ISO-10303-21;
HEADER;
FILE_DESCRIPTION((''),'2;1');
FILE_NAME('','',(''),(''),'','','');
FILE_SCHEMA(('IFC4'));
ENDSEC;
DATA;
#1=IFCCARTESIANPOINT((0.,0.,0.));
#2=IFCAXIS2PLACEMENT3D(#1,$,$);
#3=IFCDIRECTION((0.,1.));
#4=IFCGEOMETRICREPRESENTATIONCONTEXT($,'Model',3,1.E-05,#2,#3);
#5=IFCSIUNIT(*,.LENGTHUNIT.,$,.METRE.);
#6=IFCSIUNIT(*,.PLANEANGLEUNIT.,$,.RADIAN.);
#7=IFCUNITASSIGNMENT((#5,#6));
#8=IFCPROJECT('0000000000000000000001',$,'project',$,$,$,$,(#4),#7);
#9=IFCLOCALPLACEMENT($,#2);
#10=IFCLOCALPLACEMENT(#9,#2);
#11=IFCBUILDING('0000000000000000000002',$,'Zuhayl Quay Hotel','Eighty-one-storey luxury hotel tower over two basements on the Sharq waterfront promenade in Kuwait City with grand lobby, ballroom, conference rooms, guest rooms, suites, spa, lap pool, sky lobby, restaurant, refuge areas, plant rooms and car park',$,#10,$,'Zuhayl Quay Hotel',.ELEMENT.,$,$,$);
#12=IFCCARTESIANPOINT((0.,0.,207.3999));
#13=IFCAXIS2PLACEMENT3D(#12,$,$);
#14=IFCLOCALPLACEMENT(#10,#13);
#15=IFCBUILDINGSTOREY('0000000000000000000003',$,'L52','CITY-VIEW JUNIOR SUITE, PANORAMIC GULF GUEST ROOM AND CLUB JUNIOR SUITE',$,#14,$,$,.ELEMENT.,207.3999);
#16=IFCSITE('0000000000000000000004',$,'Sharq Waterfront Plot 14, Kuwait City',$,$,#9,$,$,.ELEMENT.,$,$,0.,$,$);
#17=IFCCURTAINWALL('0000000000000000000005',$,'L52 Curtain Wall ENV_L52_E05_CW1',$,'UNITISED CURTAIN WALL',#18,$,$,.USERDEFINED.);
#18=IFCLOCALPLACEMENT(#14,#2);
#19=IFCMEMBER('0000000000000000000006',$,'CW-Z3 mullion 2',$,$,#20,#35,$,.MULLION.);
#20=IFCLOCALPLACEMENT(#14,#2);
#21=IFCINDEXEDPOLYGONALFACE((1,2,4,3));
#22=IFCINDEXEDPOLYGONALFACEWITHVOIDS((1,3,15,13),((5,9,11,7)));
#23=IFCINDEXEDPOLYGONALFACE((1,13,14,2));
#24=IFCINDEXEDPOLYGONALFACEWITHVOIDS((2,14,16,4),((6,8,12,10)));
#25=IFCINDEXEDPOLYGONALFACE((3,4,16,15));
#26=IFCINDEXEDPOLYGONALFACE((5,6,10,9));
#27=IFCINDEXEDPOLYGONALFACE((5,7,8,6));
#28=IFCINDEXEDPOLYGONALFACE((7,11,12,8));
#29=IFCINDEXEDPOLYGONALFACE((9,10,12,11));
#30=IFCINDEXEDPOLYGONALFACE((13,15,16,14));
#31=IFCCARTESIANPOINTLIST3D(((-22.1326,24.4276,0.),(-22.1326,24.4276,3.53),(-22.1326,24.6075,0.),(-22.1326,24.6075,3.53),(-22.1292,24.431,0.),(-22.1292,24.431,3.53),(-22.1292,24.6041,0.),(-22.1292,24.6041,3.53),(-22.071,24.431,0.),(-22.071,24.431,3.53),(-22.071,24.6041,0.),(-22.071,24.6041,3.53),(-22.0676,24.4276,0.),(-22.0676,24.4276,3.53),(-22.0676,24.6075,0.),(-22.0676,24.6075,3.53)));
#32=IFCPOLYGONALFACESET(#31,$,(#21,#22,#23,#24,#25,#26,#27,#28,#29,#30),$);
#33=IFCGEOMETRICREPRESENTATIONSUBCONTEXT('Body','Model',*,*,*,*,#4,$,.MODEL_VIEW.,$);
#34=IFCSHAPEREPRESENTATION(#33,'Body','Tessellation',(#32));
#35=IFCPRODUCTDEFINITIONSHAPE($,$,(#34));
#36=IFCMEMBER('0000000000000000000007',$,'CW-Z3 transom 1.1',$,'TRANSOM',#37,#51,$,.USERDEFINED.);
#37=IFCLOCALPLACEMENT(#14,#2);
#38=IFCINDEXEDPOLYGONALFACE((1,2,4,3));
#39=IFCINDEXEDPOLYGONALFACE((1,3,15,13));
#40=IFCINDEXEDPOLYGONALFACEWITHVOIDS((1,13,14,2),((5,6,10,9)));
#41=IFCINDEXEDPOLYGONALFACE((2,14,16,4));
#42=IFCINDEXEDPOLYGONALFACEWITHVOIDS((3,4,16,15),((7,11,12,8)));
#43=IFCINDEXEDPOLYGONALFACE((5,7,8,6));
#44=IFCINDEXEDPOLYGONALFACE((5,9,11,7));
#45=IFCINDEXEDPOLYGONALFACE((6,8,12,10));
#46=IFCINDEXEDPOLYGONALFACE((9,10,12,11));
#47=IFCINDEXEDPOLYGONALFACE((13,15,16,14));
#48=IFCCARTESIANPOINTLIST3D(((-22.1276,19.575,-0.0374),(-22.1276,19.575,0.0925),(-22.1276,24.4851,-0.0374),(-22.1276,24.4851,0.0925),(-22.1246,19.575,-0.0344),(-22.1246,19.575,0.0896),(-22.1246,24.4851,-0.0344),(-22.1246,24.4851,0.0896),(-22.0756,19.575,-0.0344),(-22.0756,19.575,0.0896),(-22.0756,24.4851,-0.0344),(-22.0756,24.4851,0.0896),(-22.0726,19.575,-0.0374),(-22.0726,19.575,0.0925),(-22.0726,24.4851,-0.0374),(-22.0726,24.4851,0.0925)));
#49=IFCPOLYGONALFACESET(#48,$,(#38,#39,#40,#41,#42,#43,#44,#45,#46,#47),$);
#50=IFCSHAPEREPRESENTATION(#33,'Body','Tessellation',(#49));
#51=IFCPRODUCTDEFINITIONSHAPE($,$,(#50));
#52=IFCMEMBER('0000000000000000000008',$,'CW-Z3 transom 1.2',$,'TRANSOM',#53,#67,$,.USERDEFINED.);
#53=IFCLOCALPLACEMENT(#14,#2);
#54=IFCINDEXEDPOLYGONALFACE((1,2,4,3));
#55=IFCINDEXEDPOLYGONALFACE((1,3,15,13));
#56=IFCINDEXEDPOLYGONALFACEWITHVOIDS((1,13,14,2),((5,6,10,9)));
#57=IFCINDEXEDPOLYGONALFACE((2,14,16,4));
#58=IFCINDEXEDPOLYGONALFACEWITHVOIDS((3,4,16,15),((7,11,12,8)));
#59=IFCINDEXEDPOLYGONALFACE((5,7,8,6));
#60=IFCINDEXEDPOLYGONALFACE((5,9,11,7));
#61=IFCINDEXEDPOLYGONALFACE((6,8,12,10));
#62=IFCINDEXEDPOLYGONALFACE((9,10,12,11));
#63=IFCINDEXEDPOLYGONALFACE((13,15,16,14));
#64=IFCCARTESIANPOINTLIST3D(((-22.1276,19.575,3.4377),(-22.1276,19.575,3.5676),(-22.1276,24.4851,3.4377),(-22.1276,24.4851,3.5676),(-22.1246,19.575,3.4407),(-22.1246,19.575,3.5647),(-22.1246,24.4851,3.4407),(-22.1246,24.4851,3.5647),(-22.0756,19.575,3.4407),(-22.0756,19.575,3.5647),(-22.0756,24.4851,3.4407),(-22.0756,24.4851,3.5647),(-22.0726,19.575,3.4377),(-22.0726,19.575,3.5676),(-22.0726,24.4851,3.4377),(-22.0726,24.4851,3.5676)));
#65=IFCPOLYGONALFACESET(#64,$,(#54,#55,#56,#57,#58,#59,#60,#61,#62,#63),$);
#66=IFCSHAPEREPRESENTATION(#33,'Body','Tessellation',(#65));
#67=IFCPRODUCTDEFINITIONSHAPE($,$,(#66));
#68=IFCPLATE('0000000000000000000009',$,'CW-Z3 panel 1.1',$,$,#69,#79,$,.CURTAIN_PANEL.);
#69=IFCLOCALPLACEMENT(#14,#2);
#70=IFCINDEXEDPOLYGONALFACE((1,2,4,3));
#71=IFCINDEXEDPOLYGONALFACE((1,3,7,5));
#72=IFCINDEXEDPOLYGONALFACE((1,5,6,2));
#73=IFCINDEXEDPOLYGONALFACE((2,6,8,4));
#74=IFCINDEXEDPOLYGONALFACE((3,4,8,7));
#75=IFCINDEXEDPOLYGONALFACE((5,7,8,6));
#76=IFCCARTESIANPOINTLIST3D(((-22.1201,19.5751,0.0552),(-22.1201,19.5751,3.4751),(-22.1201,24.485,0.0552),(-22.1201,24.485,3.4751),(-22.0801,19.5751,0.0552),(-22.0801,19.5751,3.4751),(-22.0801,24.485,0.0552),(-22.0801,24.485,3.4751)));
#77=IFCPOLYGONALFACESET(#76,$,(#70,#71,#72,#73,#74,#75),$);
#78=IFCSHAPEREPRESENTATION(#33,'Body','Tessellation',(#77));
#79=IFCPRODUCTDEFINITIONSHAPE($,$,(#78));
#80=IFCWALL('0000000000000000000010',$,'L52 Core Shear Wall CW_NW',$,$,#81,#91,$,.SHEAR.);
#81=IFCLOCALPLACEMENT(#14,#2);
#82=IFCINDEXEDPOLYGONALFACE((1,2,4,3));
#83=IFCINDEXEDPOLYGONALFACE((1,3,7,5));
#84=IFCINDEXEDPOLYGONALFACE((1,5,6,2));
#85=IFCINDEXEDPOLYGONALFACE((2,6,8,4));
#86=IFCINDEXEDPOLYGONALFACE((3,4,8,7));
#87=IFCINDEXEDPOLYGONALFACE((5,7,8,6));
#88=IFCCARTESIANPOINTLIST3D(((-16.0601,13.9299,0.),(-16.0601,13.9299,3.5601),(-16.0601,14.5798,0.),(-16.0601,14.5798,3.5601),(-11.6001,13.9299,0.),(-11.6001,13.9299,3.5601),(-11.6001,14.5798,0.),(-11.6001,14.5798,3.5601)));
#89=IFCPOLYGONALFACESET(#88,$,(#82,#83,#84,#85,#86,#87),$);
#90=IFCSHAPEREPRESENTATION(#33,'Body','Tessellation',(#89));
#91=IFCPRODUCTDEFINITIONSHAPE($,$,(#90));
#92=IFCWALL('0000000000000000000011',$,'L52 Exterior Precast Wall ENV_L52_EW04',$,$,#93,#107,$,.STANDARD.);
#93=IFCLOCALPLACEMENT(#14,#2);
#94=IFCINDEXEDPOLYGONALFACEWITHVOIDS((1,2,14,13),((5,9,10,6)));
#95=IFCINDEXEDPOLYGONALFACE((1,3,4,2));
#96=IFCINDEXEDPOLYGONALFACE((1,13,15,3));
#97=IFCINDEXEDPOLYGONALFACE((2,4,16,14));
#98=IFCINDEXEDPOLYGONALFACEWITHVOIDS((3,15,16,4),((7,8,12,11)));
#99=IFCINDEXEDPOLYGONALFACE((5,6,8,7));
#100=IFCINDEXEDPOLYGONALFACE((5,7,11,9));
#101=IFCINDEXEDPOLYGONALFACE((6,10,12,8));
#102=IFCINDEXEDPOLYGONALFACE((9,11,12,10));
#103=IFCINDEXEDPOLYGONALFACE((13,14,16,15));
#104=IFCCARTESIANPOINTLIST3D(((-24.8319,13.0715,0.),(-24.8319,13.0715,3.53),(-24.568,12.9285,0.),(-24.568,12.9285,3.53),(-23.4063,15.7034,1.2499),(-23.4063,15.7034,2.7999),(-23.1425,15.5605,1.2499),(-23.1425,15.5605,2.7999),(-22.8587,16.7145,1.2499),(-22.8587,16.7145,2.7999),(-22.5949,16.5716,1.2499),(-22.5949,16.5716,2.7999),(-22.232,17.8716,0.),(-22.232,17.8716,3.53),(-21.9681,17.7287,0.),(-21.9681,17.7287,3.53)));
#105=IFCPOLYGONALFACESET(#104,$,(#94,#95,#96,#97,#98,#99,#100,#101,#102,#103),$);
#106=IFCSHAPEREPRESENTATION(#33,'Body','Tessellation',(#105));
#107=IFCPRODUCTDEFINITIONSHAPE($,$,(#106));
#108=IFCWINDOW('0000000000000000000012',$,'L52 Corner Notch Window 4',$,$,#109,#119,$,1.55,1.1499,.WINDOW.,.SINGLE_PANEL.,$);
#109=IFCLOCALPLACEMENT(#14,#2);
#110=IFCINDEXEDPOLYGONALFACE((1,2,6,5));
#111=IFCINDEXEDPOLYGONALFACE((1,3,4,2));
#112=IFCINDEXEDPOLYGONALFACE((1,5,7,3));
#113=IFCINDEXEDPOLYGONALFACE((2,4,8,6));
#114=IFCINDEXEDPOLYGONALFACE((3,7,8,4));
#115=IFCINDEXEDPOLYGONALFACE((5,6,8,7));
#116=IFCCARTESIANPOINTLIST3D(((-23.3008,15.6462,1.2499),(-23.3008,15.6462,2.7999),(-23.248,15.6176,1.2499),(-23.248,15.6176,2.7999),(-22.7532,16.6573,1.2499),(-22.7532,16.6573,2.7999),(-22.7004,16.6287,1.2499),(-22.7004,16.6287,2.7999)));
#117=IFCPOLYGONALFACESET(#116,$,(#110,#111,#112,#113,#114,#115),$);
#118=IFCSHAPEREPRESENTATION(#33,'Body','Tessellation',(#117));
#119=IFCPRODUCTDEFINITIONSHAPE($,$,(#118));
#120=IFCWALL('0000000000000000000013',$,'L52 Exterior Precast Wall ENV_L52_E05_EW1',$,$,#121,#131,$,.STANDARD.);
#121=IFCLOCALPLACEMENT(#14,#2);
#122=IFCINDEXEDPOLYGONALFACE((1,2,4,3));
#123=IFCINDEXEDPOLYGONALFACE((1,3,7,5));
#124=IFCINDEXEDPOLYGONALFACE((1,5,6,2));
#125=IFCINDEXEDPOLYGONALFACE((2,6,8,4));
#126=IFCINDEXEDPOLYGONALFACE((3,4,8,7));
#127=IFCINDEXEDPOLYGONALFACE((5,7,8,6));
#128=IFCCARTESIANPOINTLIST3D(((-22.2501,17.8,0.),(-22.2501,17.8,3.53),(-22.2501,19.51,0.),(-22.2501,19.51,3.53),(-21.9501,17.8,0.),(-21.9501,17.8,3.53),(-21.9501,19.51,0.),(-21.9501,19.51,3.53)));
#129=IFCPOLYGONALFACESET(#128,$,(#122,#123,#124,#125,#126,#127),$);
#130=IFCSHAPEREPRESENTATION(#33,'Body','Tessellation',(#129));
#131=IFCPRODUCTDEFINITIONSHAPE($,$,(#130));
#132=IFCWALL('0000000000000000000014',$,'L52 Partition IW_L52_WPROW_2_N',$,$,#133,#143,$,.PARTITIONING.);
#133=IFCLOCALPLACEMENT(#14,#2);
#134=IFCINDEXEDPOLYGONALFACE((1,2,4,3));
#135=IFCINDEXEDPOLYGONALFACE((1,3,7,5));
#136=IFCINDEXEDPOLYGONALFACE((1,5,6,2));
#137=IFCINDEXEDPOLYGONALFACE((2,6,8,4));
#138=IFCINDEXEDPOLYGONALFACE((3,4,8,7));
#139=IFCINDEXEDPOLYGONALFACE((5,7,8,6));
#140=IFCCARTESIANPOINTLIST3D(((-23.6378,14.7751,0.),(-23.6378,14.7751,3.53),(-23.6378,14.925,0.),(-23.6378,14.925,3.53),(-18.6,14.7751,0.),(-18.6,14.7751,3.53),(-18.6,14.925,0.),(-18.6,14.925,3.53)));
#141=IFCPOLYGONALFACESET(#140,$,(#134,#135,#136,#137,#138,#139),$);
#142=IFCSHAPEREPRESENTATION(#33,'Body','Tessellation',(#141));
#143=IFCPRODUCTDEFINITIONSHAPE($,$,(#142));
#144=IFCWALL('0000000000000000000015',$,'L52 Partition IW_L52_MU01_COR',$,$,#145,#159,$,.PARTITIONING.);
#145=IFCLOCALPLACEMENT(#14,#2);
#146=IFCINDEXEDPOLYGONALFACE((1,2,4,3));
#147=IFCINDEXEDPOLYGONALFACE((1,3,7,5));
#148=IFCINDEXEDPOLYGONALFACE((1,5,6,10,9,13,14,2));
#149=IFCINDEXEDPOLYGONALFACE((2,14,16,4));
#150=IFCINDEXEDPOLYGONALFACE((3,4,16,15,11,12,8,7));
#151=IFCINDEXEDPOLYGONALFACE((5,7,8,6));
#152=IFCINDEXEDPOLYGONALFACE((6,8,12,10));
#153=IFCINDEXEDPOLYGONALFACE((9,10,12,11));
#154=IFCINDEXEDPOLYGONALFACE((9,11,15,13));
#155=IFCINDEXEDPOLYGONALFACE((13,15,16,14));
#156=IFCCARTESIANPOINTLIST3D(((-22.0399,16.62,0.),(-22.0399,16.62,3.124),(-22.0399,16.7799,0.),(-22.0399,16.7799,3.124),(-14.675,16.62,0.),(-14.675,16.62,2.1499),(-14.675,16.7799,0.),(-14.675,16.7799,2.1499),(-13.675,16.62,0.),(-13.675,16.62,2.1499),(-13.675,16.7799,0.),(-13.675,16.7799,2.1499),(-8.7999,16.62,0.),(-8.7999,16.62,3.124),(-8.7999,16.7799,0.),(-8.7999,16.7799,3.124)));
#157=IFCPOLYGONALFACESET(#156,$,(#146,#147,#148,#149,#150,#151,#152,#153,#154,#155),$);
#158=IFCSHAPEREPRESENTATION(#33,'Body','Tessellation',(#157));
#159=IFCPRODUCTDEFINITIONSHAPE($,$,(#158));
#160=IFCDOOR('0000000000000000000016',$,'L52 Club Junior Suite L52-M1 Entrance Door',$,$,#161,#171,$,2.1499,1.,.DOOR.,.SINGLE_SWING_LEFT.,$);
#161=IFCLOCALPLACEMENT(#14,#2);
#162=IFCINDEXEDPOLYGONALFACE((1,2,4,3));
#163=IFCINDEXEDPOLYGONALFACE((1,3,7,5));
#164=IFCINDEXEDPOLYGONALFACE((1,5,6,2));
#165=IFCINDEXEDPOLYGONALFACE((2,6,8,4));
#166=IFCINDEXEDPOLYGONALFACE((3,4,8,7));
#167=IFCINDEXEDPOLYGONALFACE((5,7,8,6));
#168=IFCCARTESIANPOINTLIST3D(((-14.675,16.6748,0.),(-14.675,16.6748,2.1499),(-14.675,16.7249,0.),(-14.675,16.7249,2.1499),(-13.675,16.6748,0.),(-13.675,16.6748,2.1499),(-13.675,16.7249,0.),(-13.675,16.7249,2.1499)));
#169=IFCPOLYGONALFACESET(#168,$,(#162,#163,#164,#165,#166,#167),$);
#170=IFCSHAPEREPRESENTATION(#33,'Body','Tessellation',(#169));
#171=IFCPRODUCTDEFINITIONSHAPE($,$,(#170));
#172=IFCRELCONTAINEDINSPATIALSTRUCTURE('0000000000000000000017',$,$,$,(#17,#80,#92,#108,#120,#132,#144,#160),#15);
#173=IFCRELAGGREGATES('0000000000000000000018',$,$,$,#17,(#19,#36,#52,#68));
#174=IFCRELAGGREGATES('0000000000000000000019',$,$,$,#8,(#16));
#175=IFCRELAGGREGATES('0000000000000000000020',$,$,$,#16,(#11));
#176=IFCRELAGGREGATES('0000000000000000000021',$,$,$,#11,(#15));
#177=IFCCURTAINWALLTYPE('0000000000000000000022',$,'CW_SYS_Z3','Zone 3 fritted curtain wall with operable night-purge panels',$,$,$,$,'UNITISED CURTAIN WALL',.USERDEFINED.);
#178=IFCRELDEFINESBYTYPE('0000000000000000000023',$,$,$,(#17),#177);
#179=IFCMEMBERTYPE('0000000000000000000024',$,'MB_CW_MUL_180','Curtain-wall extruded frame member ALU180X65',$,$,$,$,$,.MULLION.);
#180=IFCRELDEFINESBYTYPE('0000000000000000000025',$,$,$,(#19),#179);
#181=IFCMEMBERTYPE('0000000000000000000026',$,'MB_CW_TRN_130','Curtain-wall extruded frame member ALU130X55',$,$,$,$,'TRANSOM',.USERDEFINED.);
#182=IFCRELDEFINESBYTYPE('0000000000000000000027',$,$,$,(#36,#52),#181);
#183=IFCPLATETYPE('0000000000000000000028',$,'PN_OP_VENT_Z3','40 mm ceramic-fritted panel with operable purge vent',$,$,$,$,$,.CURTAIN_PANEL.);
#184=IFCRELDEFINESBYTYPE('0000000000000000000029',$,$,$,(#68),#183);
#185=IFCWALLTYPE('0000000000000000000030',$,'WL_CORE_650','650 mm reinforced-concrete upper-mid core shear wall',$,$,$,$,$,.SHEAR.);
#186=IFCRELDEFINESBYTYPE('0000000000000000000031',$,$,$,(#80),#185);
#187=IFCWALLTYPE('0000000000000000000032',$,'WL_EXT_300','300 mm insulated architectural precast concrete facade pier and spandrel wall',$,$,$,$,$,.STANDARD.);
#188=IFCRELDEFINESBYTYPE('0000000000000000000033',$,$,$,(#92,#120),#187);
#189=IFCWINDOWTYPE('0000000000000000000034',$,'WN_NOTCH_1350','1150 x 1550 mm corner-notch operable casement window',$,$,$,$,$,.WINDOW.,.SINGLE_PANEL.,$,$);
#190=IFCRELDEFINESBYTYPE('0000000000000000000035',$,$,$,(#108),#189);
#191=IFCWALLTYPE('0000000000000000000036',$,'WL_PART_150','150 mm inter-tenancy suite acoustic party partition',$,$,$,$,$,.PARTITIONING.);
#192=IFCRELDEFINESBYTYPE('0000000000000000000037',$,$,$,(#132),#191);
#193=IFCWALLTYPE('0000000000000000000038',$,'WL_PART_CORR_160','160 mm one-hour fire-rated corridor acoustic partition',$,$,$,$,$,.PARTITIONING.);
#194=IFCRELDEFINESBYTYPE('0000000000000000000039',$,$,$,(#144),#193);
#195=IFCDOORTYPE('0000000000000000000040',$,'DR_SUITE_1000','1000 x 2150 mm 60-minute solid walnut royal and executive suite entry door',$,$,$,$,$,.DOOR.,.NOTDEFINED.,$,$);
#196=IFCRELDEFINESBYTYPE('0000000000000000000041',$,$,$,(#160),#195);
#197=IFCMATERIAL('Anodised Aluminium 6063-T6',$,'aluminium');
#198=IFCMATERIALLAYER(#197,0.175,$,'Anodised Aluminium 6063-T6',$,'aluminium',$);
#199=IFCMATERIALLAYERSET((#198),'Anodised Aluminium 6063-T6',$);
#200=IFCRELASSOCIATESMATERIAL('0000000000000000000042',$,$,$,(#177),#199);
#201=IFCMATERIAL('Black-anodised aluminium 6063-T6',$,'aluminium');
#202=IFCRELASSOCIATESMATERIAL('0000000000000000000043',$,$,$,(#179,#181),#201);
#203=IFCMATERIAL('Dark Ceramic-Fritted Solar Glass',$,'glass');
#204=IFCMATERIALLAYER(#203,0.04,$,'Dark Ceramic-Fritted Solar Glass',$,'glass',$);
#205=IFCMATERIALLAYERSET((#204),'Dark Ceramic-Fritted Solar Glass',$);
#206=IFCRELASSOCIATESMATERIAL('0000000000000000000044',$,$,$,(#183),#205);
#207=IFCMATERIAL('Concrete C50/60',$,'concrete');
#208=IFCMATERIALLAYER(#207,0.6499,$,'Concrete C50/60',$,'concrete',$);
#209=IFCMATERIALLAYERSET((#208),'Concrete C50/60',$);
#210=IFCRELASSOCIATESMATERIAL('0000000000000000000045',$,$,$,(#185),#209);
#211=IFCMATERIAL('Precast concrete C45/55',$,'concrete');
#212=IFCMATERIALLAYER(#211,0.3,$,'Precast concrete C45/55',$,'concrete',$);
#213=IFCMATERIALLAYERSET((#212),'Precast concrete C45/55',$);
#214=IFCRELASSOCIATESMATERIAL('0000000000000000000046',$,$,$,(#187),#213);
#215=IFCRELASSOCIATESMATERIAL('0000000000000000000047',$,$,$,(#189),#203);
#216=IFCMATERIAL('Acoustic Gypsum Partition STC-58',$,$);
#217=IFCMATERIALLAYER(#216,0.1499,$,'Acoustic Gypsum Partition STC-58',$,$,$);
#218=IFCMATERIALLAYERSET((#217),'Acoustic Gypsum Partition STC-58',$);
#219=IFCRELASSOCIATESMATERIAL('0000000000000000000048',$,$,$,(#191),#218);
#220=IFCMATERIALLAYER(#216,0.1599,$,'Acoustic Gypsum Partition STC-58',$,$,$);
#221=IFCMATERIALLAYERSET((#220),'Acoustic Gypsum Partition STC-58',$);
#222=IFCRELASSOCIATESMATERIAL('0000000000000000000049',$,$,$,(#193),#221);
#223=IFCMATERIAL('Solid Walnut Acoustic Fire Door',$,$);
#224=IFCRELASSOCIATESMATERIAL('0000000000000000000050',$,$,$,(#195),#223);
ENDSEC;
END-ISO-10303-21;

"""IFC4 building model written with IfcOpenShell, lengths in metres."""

from ifc_helpers import new_model, si_unit, direction, frame, frame_2d, origin, origin_2d, place, context, subcontext, project, spatial, rectangle, hollow_rectangle, extrude, material, layer, layer_set, material_profile, profile_set, type_object, element, fill, aggregate, save


model = new_model("IFC4")

# Units and contexts
model_context = context("Model", 3, precision=1e-05, world=origin(), true_north=direction((0.0, 1.0)))
body_context = subcontext(model_context, "Body", "Model", "MODEL_VIEW")
ifc_project = project(units=[si_unit("LENGTHUNIT", "METRE"), si_unit("PLANEANGLEUNIT", "RADIAN")], contexts=[model_context])

# Site, building, storey
site_placement = place(None, origin())
site = spatial("IfcSite", under=ifc_project, at=site_placement, Name="Sharq Waterfront Plot 14, Kuwait City", CompositionType="ELEMENT", RefElevation=0.0)
building_placement = place(site_placement, origin())
building = spatial("IfcBuilding", under=site, at=building_placement, Name="Zuhayl Quay Hotel", Description="Eighty-one-storey luxury hotel tower over two basements on the Sharq waterfront promenade in Kuwait City with grand lobby, ballroom, conference rooms, guest rooms, suites, spa, lap pool, sky lobby, restaurant, refuge areas, plant rooms and car park", LongName="Zuhayl Quay Hotel", CompositionType="ELEMENT")
storey_placement = place(building_placement, frame((0.0, 0.0, 207.3999)))
storey = spatial("IfcBuildingStorey", under=building, at=storey_placement, Name="L52", Description="CITY-VIEW JUNIOR SUITE, PANORAMIC GULF GUEST ROOM AND CLUB JUNIOR SUITE", CompositionType="ELEMENT", Elevation=207.3999)

# Curtain wall, members, plate
ifc_material_1 = material(Name="Anodised Aluminium 6063-T6", Category="aluminium")
ifc_layer_1 = layer(ifc_material_1, 0.175, Name="Anodised Aluminium 6063-T6", Category="aluminium")
ifc_layer_set_1 = layer_set([ifc_layer_1], Name="Anodised Aluminium 6063-T6")
curtain_wall_type = type_object("IfcCurtainWallType", Name="CW_SYS_Z3", Description="Zone 3 fritted curtain wall with operable night-purge panels", ElementType="UNITISED CURTAIN WALL", PredefinedType="USERDEFINED", material=ifc_layer_set_1)
curtain_wall_placement = place(storey_placement, origin())
curtain_wall = element("IfcCurtainWall", 1, at=curtain_wall_placement, inside=storey, type_object=curtain_wall_type, Name="L52 Curtain Wall ENV_L52_E05_CW1", ObjectType="UNITISED CURTAIN WALL", PredefinedType="USERDEFINED")
ifc_material_2 = material(Name="Black-anodised aluminium 6063-T6", Category="aluminium")
ifc_material_profile_1 = material_profile(ifc_material_2, hollow_rectangle(XDim=0.0649, YDim=0.1799, WallThickness=0.0034, at=origin_2d()), Name="ALU180X65")
ifc_profile_set_1 = profile_set([ifc_material_profile_1], Name="Black-anodised aluminium 6063-T6")
member_type_1 = type_object("IfcMemberType", Name="MB_CW_MUL_180", Description="Curtain-wall extruded frame member ALU180X65", PredefinedType="MULLION", material=ifc_profile_set_1)
member_1_placement = place(storey_placement, frame((-22.1001, 24.5176, 0.0), z_axis=(0.0, 0.0, 1.0), x_axis=(-1.0, 0.0, 0.0)))
member_1 = element("IfcMember", 2, at=member_1_placement, type_object=member_type_1, Name="CW-Z3 mullion 2", PredefinedType="MULLION", context=body_context, shape_type="SweptSolid", body=[
    extrude(hollow_rectangle(XDim=0.0649, YDim=0.1799, WallThickness=0.0034, at=origin_2d()), origin(), (0.0, 0.0, 1.0), 3.53),
])
ifc_material_profile_2 = material_profile(ifc_material_2, hollow_rectangle(XDim=0.0549, YDim=0.1299, WallThickness=0.0029, at=origin_2d()), Name="ALU130X55")
ifc_profile_set_2 = profile_set([ifc_material_profile_2], Name="Black-anodised aluminium 6063-T6")
member_type_2 = type_object("IfcMemberType", Name="MB_CW_TRN_130", Description="Curtain-wall extruded frame member ALU130X55", ElementType="TRANSOM", PredefinedType="USERDEFINED", material=ifc_profile_set_2)
member_2_placement = place(storey_placement, frame((-22.1001, 19.575, 0.0276), z_axis=(0.0, 1.0, 0.0), x_axis=(-1.0, 0.0, 0.0)))
member_2 = element("IfcMember", 3, at=member_2_placement, type_object=member_type_2, Name="CW-Z3 transom 1.1", ObjectType="TRANSOM", PredefinedType="USERDEFINED", context=body_context, shape_type="SweptSolid", body=[
    extrude(hollow_rectangle(XDim=0.0549, YDim=0.1299, WallThickness=0.0029, at=origin_2d()), origin(), (0.0, 0.0, 1.0), 4.9102),
])
member_3_placement = place(storey_placement, frame((-22.1001, 19.575, 3.5027), z_axis=(0.0, 1.0, 0.0), x_axis=(-1.0, 0.0, 0.0)))
member_3 = element("IfcMember", 4, at=member_3_placement, type_object=member_type_2, Name="CW-Z3 transom 1.2", ObjectType="TRANSOM", PredefinedType="USERDEFINED", context=body_context, shape_type="SweptSolid", body=[
    extrude(hollow_rectangle(XDim=0.0549, YDim=0.1299, WallThickness=0.0029, at=origin_2d()), origin(), (0.0, 0.0, 1.0), 4.9102),
])
ifc_material_3 = material(Name="Dark Ceramic-Fritted Solar Glass", Category="glass")
ifc_layer_2 = layer(ifc_material_3, 0.04, Name="Dark Ceramic-Fritted Solar Glass", Category="glass")
ifc_layer_set_2 = layer_set([ifc_layer_2], Name="Dark Ceramic-Fritted Solar Glass")
plate_type = type_object("IfcPlateType", Name="PN_OP_VENT_Z3", Description="40 mm ceramic-fritted panel with operable purge vent", PredefinedType="CURTAIN_PANEL", material=ifc_layer_set_2)
plate_placement = place(storey_placement, frame((-22.1001, 22.03, 0.0552), z_axis=(0.0, 0.0, 1.0), x_axis=(0.0, 1.0, 0.0)))
plate = element("IfcPlate", 5, at=plate_placement, type_object=plate_type, Name="CW-Z3 panel 1.1", PredefinedType="CURTAIN_PANEL", context=body_context, shape_type="SweptSolid", body=[
    extrude(rectangle(XDim=4.9099, YDim=0.04, at=origin_2d()), origin(), (0.0, 0.0, 1.0), 3.4199),
])
aggregate(curtain_wall, [member_1, member_2, member_3, plate])

# Wall
ifc_material_4 = material(Name="Concrete C50/60", Category="concrete")
ifc_layer_3 = layer(ifc_material_4, 0.6499, Name="Concrete C50/60", Category="concrete")
ifc_layer_set_3 = layer_set([ifc_layer_3], Name="Concrete C50/60")
wall_type_1 = type_object("IfcWallType", Name="WL_CORE_650", Description="650 mm reinforced-concrete upper-mid core shear wall", PredefinedType="SHEAR", material=ifc_layer_set_3)
wall_1_placement = place(storey_placement, frame((-16.0601, 14.2549, 0.0), z_axis=(0.0, 0.0, 1.0), x_axis=(1.0, 0.0, 0.0)))
element("IfcWall", 6, at=wall_1_placement, inside=storey, type_object=wall_type_1, Name="L52 Core Shear Wall CW_NW", PredefinedType="SHEAR", context=body_context, shape_type="SweptSolid", body=[
    extrude(rectangle(XDim=4.46, YDim=0.6499, at=frame_2d((2.23, 0.0))), origin(), (0.0, 0.0, 1.0), 3.5601),
])

# Wall, opening, window
ifc_material_5 = material(Name="Precast concrete C45/55", Category="concrete")
ifc_layer_4 = layer(ifc_material_5, 0.3, Name="Precast concrete C45/55", Category="concrete")
ifc_layer_set_4 = layer_set([ifc_layer_4], Name="Precast concrete C45/55")
wall_type_2 = type_object("IfcWallType", Name="WL_EXT_300", Description="300 mm insulated architectural precast concrete facade pier and spandrel wall", PredefinedType="STANDARD", material=ifc_layer_set_4)
wall_2_placement = place(storey_placement, frame((-24.7, 13.0, 0.0), z_axis=(0.0, 0.0, 1.0), x_axis=(0.476259, 0.879305, 0.0)))
wall_2 = element("IfcWall", 7, at=wall_2_placement, inside=storey, type_object=wall_type_2, Name="L52 Exterior Precast Wall ENV_L52_EW04", PredefinedType="STANDARD", context=body_context, shape_type="SweptSolid", body=[
    extrude(rectangle(XDim=5.459, YDim=0.3, at=frame_2d((2.7295, 0.0))), origin(), (0.0, 0.0, 1.0), 3.53),
])
opening_1_placement = place(wall_2_placement, frame((2.9932, 0.0, 1.25)))
opening_1 = element("IfcOpeningElement", 8, at=opening_1_placement, cuts=wall_2, PredefinedType="OPENING", context=body_context, shape_type="SweptSolid", body=[
    extrude(rectangle(XDim=1.1499, YDim=1.55, at=frame_2d((0.575, 0.7749))), frame((0.0, 0.1599, 0.0), z_axis=(0.0, -1.0, 0.0), x_axis=(1.0, 0.0, 0.0)), (0.0, 0.0, 1.0), 0.3201),
])
window_type = type_object("IfcWindowType", Name="WN_NOTCH_1350", Description="1150 x 1550 mm corner-notch operable casement window", PartitioningType="SINGLE_PANEL", PredefinedType="WINDOW", material=ifc_material_3)
window_placement = place(opening_1_placement, origin())
window = element("IfcWindow", 9, at=window_placement, inside=storey, type_object=window_type, Name="L52 Corner Notch Window 4", OverallHeight=1.55, OverallWidth=1.1499, PartitioningType="SINGLE_PANEL", PredefinedType="WINDOW", context=body_context, shape_type="SweptSolid", body=[
    extrude(rectangle(XDim=1.1499, YDim=1.55, at=frame_2d((0.575, 0.7749))), frame((0.0, 0.03, 0.0), z_axis=(0.0, -1.0, 0.0), x_axis=(1.0, 0.0, 0.0)), (0.0, 0.0, 1.0), 0.0601),
])
fill(opening_1, window)

# Walls
wall_3_placement = place(storey_placement, frame((-22.1001, 17.8, 0.0), z_axis=(0.0, 0.0, 1.0), x_axis=(0.0, 1.0, 0.0)))
element("IfcWall", 10, at=wall_3_placement, inside=storey, type_object=wall_type_2, Name="L52 Exterior Precast Wall ENV_L52_E05_EW1", PredefinedType="STANDARD", context=body_context, shape_type="SweptSolid", body=[
    extrude(rectangle(XDim=1.71, YDim=0.3, at=frame_2d((0.855, 0.0))), origin(), (0.0, 0.0, 1.0), 3.53),
])
ifc_material_6 = material(Name="Acoustic Gypsum Partition STC-58")
ifc_layer_5 = layer(ifc_material_6, 0.1499, Name="Acoustic Gypsum Partition STC-58")
ifc_layer_set_5 = layer_set([ifc_layer_5], Name="Acoustic Gypsum Partition STC-58")
wall_type_3 = type_object("IfcWallType", Name="WL_PART_150", Description="150 mm inter-tenancy suite acoustic party partition", PredefinedType="PARTITIONING", material=ifc_layer_set_5)
wall_4_placement = place(storey_placement, frame((-23.6379, 14.8501, 0.0), z_axis=(0.0, 0.0, 1.0), x_axis=(1.0, 0.0, 0.0)))
element("IfcWall", 11, at=wall_4_placement, inside=storey, type_object=wall_type_3, Name="L52 Partition IW_L52_WPROW_2_N", PredefinedType="PARTITIONING", context=body_context, shape_type="SweptSolid", body=[
    extrude(rectangle(XDim=5.0378, YDim=0.1499, at=frame_2d((2.519, 0.0))), origin(), (0.0, 0.0, 1.0), 3.53),
])

# Wall, opening, door
ifc_layer_6 = layer(ifc_material_6, 0.1599, Name="Acoustic Gypsum Partition STC-58")
ifc_layer_set_6 = layer_set([ifc_layer_6], Name="Acoustic Gypsum Partition STC-58")
wall_type_4 = type_object("IfcWallType", Name="WL_PART_CORR_160", Description="160 mm one-hour fire-rated corridor acoustic partition", PredefinedType="PARTITIONING", material=ifc_layer_set_6)
wall_5_placement = place(storey_placement, frame((-22.04, 16.7, 0.0), z_axis=(0.0, 0.0, 1.0), x_axis=(1.0, 0.0, 0.0)))
wall_5 = element("IfcWall", 12, at=wall_5_placement, inside=storey, type_object=wall_type_4, Name="L52 Partition IW_L52_MU01_COR", PredefinedType="PARTITIONING", context=body_context, shape_type="SweptSolid", body=[
    extrude(rectangle(XDim=13.24, YDim=0.1599, at=frame_2d((6.6201, 0.0))), origin(), (0.0, 0.0, 1.0), 3.124),
])
opening_2_placement = place(wall_5_placement, frame((7.365, 0.0, 0.0)))
opening_2 = element("IfcOpeningElement", 13, at=opening_2_placement, cuts=wall_5, PredefinedType="OPENING", context=body_context, shape_type="SweptSolid", body=[
    extrude(rectangle(XDim=1.0, YDim=2.1499, at=frame_2d((0.5, 1.075))), frame((0.0, 0.0898, 0.0), z_axis=(0.0, -1.0, 0.0), x_axis=(1.0, 0.0, 0.0)), (0.0, 0.0, 1.0), 0.1799),
])
ifc_material_7 = material(Name="Solid Walnut Acoustic Fire Door")
door_type_1 = type_object("IfcDoorType", Name="DR_SUITE_1000", Description="1000 x 2150 mm 60-minute solid walnut royal and executive suite entry door", OperationType="NOTDEFINED", PredefinedType="DOOR", material=ifc_material_7)
door_1_placement = place(opening_2_placement, origin())
door_1 = element("IfcDoor", 14, at=door_1_placement, inside=storey, type_object=door_type_1, Name="L52 Club Junior Suite L52-M1 Entrance Door", OperationType="SINGLE_SWING_LEFT", OverallHeight=2.1499, OverallWidth=1.0, PredefinedType="DOOR", context=body_context, shape_type="SweptSolid", body=[
    extrude(rectangle(XDim=1.0, YDim=2.1499, at=frame_2d((0.5, 1.075))), frame((0.0, 0.0249, 0.0), z_axis=(0.0, -1.0, 0.0), x_axis=(1.0, 0.0, 0.0)), (0.0, 0.0, 1.0), 0.05),
])
fill(opening_2, door_1)

save(model, "model.ifc")
